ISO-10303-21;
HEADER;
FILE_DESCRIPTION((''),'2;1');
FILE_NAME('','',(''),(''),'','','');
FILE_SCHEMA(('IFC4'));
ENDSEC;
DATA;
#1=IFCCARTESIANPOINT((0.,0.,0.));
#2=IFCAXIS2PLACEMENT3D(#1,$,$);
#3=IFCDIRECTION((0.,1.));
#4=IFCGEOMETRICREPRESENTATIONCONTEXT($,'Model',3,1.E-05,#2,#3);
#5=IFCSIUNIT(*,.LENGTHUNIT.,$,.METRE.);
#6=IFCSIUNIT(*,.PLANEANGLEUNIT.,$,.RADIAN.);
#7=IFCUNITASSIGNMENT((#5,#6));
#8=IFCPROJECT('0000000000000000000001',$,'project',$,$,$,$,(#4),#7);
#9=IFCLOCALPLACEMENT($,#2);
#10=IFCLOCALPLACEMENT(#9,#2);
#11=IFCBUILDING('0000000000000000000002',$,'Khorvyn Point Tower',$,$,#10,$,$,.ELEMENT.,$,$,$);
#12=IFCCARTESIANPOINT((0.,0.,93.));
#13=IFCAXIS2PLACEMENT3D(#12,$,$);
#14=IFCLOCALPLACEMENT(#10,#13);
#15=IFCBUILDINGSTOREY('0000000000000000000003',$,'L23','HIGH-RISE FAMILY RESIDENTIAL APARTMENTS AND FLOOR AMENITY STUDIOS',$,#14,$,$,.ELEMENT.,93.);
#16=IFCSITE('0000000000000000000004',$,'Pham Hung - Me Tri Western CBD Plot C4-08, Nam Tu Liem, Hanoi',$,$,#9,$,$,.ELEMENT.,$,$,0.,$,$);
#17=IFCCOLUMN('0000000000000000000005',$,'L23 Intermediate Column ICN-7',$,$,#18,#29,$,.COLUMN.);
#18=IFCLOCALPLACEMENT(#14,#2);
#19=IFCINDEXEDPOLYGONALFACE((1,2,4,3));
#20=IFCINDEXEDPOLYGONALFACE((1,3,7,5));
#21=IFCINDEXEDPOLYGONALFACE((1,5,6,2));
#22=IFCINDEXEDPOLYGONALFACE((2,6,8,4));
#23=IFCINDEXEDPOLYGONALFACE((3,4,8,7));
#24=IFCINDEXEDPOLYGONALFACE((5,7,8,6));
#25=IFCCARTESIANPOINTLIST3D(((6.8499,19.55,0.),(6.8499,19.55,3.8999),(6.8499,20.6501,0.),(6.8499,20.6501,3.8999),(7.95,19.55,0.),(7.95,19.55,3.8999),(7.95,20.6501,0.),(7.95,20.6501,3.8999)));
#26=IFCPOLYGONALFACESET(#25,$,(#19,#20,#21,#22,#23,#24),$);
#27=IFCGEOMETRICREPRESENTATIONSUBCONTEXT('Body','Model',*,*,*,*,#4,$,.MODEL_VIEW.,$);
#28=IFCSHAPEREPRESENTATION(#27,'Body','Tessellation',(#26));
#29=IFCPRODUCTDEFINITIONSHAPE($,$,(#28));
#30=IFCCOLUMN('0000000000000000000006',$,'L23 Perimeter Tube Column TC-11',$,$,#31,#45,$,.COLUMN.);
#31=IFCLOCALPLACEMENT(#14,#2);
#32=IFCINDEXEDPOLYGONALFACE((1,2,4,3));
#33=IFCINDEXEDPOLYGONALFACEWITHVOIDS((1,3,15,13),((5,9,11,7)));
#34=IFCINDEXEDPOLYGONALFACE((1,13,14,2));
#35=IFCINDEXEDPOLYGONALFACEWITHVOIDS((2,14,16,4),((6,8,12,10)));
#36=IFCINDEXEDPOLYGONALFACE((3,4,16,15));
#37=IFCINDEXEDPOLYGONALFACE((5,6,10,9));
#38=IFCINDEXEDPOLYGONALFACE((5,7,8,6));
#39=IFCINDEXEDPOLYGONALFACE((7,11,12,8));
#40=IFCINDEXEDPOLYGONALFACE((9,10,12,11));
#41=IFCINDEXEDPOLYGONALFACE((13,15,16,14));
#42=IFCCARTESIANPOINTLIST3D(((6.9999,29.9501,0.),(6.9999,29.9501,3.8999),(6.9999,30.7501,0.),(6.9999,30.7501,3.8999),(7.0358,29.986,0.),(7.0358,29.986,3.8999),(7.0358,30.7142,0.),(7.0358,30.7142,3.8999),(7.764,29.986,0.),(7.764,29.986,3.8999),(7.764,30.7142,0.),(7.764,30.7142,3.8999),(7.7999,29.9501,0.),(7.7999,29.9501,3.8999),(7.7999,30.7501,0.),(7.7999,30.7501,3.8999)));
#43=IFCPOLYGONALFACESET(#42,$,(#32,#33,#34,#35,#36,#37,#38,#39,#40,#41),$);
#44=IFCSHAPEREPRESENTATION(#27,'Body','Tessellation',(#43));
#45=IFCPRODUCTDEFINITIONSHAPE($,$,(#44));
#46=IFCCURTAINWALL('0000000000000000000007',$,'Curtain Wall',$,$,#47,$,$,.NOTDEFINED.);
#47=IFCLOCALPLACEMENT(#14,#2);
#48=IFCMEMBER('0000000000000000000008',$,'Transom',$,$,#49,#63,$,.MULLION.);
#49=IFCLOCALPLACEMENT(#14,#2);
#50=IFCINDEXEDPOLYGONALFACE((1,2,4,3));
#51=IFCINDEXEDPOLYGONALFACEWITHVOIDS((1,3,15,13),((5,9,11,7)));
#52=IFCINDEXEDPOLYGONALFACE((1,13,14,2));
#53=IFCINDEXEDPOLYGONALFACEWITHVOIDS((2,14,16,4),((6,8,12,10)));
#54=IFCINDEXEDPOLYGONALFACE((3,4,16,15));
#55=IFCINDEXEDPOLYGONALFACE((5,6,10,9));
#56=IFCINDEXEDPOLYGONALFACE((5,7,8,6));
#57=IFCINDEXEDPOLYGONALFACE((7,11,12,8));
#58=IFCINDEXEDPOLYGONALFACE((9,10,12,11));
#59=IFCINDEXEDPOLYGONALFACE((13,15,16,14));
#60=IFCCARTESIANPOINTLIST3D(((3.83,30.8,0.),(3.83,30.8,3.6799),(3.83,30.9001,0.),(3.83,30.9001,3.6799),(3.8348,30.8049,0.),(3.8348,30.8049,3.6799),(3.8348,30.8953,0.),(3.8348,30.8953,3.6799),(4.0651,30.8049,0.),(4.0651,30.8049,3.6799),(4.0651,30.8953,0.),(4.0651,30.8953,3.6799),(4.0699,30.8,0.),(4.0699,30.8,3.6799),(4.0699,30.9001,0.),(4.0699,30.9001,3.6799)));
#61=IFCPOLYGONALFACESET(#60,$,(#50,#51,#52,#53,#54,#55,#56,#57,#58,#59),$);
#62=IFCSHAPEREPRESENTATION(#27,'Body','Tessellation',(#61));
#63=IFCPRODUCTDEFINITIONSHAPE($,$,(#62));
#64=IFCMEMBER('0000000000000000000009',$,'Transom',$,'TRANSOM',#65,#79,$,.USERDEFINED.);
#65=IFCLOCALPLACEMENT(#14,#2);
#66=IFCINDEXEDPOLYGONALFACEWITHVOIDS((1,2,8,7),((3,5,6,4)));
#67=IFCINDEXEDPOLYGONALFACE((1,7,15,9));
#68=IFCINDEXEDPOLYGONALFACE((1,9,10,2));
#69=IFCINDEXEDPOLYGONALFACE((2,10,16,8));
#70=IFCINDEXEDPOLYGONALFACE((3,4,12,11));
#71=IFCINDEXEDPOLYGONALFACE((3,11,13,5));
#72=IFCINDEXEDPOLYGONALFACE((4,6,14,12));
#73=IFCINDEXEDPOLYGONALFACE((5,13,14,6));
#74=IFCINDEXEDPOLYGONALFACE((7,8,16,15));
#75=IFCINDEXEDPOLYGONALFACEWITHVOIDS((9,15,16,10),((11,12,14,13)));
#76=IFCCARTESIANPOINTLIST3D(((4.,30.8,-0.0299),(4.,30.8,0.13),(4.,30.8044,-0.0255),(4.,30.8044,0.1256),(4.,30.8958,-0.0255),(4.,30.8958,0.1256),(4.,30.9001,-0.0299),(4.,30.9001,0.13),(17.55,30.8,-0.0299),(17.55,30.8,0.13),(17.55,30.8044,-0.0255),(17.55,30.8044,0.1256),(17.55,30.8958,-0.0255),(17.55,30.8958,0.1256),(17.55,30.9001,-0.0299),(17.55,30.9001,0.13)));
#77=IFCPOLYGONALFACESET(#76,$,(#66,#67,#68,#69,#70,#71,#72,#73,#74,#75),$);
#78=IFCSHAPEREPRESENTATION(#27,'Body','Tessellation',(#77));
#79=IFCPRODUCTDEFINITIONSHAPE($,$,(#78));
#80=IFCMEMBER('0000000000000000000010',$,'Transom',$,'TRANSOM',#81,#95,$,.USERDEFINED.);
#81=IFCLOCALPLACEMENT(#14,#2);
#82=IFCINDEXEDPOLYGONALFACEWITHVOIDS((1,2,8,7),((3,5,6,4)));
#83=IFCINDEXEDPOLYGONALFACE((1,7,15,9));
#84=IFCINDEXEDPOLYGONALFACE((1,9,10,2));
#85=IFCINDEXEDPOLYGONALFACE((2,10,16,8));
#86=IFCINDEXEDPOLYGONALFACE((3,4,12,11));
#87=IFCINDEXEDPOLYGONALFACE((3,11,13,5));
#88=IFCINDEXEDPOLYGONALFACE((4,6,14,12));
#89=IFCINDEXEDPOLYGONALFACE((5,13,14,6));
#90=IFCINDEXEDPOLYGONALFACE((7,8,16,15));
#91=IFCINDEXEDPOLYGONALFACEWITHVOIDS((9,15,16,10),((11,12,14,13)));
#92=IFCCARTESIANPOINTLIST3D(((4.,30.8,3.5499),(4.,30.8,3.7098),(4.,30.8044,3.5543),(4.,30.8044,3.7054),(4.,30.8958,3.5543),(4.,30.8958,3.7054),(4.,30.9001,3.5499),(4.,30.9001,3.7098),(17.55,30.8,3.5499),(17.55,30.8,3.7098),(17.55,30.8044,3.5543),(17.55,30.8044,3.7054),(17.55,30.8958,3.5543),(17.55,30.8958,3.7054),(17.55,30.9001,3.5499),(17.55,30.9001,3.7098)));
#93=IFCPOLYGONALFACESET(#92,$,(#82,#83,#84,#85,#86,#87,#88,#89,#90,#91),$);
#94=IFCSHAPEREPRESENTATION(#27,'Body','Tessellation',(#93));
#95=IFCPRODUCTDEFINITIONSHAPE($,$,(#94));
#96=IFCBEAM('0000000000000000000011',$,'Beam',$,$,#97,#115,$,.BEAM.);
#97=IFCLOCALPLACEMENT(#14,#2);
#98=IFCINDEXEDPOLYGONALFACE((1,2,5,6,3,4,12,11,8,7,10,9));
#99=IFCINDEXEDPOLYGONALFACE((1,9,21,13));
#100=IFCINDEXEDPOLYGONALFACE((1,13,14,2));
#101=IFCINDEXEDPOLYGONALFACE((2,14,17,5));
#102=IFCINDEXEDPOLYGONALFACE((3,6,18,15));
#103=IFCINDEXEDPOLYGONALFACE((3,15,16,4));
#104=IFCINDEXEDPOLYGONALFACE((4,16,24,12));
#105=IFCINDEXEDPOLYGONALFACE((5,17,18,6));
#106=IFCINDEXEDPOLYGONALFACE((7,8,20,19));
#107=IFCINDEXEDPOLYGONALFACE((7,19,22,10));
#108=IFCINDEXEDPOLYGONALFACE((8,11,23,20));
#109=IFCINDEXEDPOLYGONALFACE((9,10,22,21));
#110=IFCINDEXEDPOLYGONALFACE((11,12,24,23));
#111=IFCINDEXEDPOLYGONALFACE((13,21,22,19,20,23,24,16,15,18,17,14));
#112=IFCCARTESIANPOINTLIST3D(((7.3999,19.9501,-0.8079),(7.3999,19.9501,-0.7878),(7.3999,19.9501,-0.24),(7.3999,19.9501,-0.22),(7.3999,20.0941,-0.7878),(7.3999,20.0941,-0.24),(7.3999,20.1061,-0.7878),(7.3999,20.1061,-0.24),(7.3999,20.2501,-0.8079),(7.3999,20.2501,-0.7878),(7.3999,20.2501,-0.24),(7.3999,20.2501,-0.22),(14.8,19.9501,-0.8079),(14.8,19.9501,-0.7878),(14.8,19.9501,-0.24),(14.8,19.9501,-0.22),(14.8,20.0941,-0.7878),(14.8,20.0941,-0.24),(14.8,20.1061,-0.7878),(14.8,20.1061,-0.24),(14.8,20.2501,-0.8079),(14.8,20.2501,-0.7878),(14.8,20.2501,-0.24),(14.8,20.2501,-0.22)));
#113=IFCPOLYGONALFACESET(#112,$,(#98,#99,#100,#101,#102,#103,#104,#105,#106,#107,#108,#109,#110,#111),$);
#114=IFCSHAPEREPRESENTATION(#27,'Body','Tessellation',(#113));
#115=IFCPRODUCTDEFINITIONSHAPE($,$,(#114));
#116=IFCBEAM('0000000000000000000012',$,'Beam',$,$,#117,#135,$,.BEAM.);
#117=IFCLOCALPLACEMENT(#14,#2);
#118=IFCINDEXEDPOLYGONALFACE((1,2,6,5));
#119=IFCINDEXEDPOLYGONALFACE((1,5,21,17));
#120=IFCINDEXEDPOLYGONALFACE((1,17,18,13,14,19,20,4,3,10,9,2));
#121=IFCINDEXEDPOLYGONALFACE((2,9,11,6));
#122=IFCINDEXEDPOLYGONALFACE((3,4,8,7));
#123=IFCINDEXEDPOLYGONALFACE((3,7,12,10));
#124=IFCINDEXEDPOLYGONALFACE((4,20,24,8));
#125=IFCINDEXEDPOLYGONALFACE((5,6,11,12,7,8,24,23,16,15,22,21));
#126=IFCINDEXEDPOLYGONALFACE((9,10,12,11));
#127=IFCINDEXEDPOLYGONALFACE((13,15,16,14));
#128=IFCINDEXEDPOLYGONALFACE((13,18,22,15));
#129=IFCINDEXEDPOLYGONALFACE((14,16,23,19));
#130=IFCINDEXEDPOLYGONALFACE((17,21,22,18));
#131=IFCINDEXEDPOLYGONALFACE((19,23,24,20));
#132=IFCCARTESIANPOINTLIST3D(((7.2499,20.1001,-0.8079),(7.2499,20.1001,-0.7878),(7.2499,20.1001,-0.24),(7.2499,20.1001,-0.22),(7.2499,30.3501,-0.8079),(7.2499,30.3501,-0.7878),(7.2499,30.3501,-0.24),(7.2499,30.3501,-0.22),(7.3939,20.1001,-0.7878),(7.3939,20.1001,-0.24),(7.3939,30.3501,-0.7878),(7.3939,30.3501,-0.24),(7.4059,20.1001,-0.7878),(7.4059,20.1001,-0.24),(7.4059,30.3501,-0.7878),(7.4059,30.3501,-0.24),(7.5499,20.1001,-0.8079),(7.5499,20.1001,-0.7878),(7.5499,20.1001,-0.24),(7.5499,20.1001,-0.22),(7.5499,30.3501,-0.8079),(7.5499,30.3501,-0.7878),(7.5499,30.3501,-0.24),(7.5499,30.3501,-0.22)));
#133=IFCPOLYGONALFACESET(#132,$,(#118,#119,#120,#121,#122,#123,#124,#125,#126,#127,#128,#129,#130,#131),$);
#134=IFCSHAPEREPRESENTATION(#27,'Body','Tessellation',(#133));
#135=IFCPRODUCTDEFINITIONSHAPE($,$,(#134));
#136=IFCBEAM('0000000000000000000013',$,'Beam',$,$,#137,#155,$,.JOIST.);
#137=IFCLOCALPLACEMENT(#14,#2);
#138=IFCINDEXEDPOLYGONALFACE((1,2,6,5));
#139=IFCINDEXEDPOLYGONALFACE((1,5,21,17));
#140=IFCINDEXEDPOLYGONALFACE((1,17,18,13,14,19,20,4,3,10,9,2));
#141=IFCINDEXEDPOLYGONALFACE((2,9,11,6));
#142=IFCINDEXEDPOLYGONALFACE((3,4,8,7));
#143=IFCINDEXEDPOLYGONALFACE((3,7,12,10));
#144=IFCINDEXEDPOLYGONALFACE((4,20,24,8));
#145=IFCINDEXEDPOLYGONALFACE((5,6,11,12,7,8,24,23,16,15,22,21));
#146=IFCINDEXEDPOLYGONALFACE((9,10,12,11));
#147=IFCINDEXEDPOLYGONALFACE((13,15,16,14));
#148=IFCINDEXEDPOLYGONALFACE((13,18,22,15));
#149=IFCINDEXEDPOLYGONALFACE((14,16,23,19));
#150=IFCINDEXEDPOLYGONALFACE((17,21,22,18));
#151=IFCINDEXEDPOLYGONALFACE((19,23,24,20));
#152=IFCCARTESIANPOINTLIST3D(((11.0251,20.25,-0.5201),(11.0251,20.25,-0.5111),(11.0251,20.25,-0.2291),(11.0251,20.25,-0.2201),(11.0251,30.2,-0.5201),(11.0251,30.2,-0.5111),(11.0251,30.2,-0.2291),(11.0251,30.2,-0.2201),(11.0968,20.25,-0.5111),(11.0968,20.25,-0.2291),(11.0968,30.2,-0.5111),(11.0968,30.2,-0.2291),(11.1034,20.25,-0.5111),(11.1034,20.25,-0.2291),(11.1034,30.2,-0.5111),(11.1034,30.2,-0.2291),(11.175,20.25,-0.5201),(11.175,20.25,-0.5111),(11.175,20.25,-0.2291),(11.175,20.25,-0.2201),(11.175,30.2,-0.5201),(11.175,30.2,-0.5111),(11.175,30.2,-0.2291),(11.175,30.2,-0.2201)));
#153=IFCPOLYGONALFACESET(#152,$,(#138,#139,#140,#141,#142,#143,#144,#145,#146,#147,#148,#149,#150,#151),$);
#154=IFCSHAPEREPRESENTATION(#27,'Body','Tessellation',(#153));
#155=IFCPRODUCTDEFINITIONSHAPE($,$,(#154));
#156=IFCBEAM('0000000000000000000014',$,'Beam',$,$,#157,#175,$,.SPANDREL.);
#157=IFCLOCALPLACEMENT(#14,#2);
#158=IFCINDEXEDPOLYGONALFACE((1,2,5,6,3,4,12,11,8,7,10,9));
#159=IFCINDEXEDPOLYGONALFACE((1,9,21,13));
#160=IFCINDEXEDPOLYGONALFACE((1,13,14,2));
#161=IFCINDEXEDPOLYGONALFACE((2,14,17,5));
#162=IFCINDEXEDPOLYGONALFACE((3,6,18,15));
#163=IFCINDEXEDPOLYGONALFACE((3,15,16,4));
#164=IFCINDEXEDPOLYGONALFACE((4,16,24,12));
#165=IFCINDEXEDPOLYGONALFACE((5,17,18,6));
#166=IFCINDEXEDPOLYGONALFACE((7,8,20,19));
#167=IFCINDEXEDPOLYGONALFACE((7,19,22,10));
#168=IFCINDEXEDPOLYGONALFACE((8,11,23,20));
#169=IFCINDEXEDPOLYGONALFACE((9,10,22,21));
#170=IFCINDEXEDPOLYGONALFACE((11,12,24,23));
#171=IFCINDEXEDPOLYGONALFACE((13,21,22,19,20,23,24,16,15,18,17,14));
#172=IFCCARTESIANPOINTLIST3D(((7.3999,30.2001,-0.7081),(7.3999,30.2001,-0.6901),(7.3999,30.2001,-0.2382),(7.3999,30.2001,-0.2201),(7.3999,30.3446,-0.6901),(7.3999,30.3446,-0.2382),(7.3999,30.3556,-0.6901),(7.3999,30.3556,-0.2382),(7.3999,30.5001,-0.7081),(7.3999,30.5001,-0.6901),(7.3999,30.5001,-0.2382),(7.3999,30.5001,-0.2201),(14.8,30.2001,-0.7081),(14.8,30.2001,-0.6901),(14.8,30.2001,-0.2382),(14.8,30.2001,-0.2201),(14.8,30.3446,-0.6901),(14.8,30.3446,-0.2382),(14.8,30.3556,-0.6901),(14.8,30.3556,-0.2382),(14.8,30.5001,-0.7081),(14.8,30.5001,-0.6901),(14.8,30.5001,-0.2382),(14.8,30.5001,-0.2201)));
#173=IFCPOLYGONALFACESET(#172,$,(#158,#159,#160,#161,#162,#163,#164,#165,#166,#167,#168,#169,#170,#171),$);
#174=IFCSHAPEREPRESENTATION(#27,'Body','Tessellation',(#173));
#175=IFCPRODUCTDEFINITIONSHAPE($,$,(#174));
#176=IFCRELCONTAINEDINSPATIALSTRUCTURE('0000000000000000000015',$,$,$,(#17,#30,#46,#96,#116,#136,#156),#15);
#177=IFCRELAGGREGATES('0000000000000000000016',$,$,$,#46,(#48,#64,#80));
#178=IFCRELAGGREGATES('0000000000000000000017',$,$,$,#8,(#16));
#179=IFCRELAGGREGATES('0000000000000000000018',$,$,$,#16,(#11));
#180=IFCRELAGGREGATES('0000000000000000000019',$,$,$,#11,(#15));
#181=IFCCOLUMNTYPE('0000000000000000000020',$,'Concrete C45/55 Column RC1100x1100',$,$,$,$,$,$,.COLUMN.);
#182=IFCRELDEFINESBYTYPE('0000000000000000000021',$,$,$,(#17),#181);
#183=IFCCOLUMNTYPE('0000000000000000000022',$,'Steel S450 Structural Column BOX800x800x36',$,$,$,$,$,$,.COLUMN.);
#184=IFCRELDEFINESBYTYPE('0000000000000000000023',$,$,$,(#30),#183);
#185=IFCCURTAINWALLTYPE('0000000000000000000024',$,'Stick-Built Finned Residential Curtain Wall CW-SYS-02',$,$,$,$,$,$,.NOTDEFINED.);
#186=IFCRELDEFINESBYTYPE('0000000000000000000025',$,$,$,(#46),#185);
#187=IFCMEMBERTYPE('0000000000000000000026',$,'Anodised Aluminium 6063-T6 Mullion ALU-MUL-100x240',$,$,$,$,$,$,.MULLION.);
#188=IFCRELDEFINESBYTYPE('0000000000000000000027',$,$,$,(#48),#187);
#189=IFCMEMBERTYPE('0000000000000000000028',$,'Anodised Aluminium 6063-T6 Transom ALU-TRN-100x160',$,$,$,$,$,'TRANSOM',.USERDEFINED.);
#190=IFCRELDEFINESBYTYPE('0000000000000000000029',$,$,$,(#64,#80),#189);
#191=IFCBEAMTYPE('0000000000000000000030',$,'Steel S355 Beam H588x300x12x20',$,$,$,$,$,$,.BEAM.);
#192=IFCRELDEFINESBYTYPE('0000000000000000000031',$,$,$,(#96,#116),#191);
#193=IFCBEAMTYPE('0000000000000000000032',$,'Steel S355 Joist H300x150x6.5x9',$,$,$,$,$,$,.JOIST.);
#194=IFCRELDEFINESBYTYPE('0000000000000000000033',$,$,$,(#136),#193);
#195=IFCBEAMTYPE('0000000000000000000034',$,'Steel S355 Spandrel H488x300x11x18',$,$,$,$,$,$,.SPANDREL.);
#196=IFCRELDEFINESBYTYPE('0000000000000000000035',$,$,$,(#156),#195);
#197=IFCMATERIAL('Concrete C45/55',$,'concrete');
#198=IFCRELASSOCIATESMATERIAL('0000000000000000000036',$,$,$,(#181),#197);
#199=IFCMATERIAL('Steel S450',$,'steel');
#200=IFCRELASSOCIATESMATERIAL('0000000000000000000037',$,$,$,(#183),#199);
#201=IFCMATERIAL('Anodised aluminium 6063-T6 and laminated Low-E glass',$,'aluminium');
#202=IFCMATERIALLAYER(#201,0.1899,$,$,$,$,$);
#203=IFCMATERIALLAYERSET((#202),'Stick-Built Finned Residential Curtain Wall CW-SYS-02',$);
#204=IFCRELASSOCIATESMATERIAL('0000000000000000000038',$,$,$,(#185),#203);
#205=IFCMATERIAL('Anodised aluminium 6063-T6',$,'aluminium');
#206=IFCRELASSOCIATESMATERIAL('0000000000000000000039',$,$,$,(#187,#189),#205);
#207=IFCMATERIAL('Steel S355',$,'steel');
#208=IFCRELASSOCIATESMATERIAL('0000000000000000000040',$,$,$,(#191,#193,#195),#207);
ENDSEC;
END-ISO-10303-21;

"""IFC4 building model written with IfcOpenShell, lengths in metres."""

from ifc_helpers import new_model, si_unit, direction, frame, origin, origin_2d, place, context, subcontext, project, spatial, rectangle, hollow_rectangle, i_section, extrude, material, layer, layer_set, material_profile, profile_set, type_object, element, aggregate, save


model = new_model("IFC4")

# Units and contexts
model_context = context("Model", 3, precision=1e-05, world=origin(), true_north=direction((0.0, 1.0)))
body_context = subcontext(model_context, "Body", "Model", "MODEL_VIEW")
ifc_project = project(units=[si_unit("LENGTHUNIT", "METRE"), si_unit("PLANEANGLEUNIT", "RADIAN")], contexts=[model_context])

# Site, building, storey
site_placement = place(None, origin())
site = spatial("IfcSite", under=ifc_project, at=site_placement, Name="Pham Hung - Me Tri Western CBD Plot C4-08, Nam Tu Liem, Hanoi", CompositionType="ELEMENT", RefElevation=0.0)
building_placement = place(site_placement, origin())
building = spatial("IfcBuilding", under=site, at=building_placement, Name="Khorvyn Point Tower", CompositionType="ELEMENT")
storey_placement = place(building_placement, frame((0.0, 0.0, 93.0)))
storey = spatial("IfcBuildingStorey", under=building, at=storey_placement, Name="L23", Description="HIGH-RISE FAMILY RESIDENTIAL APARTMENTS AND FLOOR AMENITY STUDIOS", CompositionType="ELEMENT", Elevation=93.0)

# Columns
ifc_material_1 = material(Name="Concrete C45/55", Category="concrete")
ifc_material_profile_1 = material_profile(ifc_material_1, rectangle(XDim=1.1001, YDim=1.1001, at=origin_2d()))
ifc_profile_set_1 = profile_set([ifc_material_profile_1], Name="Concrete C45/55 RC1100x1100")
column_type_1 = type_object("IfcColumnType", Name="Concrete C45/55 Column RC1100x1100", PredefinedType="COLUMN", material=ifc_profile_set_1)
column_1_placement = place(storey_placement, frame((7.3999, 20.1001, 0.0), z_axis=(0.0, 0.0, 1.0), x_axis=(1.0, 0.0, 0.0)))
element("IfcColumn", 1, at=column_1_placement, inside=storey, type_object=column_type_1, Name="L23 Intermediate Column ICN-7", PredefinedType="COLUMN", context=body_context, shape_type="SweptSolid", body=[
    extrude(rectangle(XDim=1.1001, YDim=1.1001, at=origin_2d()), origin(), (0.0, 0.0, 1.0), 3.8999),
])
ifc_material_2 = material(Name="Steel S450", Category="steel")
ifc_material_profile_2 = material_profile(ifc_material_2, hollow_rectangle(XDim=0.8, YDim=0.8, WallThickness=0.0359, at=origin_2d()))
ifc_profile_set_2 = profile_set([ifc_material_profile_2], Name="Steel S450 BOX800x800x36")
column_type_2 = type_object("IfcColumnType", Name="Steel S450 Structural Column BOX800x800x36", PredefinedType="COLUMN", material=ifc_profile_set_2)
column_2_placement = place(storey_placement, frame((7.3999, 30.3501, 0.0), z_axis=(0.0, 0.0, 1.0), x_axis=(1.0, 0.0, 0.0)))
element("IfcColumn", 2, at=column_2_placement, inside=storey, type_object=column_type_2, Name="L23 Perimeter Tube Column TC-11", PredefinedType="COLUMN", context=body_context, shape_type="SweptSolid", body=[
    extrude(hollow_rectangle(XDim=0.8, YDim=0.8, WallThickness=0.0359, at=origin_2d()), origin(), (0.0, 0.0, 1.0), 3.8999),
])

# Curtain wall, members
ifc_material_3 = material(Name="Anodised aluminium 6063-T6 and laminated Low-E glass", Category="aluminium")
ifc_layer_1 = layer(ifc_material_3, 0.1899)
ifc_layer_set_1 = layer_set([ifc_layer_1], Name="Stick-Built Finned Residential Curtain Wall CW-SYS-02")
curtain_wall_type = type_object("IfcCurtainWallType", Name="Stick-Built Finned Residential Curtain Wall CW-SYS-02", PredefinedType="NOTDEFINED", material=ifc_layer_set_1)
curtain_wall_placement = place(storey_placement, origin())
curtain_wall = element("IfcCurtainWall", 3, at=curtain_wall_placement, inside=storey, type_object=curtain_wall_type, Name="Curtain Wall", PredefinedType="NOTDEFINED")
ifc_material_4 = material(Name="Anodised aluminium 6063-T6", Category="aluminium")
ifc_material_profile_3 = material_profile(ifc_material_4, hollow_rectangle(XDim=0.1001, YDim=0.24, WallThickness=0.0049, at=origin_2d()))
ifc_profile_set_3 = profile_set([ifc_material_profile_3], Name="Anodised aluminium 6063-T6 ALU-MUL-100x240")
member_type_1 = type_object("IfcMemberType", Name="Anodised Aluminium 6063-T6 Mullion ALU-MUL-100x240", PredefinedType="MULLION", material=ifc_profile_set_3)
member_1_placement = place(storey_placement, frame((3.95, 30.8501, 0.0), z_axis=(0.0, 0.0, 1.0), x_axis=(0.0, 1.0, 0.0)))
member_1 = element("IfcMember", 4, at=member_1_placement, type_object=member_type_1, Name="Transom", PredefinedType="MULLION", context=body_context, shape_type="SweptSolid", body=[
    extrude(hollow_rectangle(XDim=0.1001, YDim=0.24, WallThickness=0.0049, at=origin_2d()), origin(), (0.0, 0.0, 1.0), 3.6799),
])
ifc_material_profile_4 = material_profile(ifc_material_4, hollow_rectangle(XDim=0.1001, YDim=0.1599, WallThickness=0.0044, at=origin_2d()))
ifc_profile_set_4 = profile_set([ifc_material_profile_4], Name="Anodised aluminium 6063-T6 ALU-TRN-100x160")
member_type_2 = type_object("IfcMemberType", Name="Anodised Aluminium 6063-T6 Transom ALU-TRN-100x160", ElementType="TRANSOM", PredefinedType="USERDEFINED", material=ifc_profile_set_4)
member_2_placement = place(storey_placement, frame((4.0, 30.8501, 0.05), z_axis=(1.0, 0.0, 0.0), x_axis=(0.0, 1.0, 0.0)))
member_2 = element("IfcMember", 5, at=member_2_placement, type_object=member_type_2, Name="Transom", ObjectType="TRANSOM", PredefinedType="USERDEFINED", context=body_context, shape_type="SweptSolid", body=[
    extrude(hollow_rectangle(XDim=0.1001, YDim=0.1599, WallThickness=0.0044, at=origin_2d()), origin(), (0.0, 0.0, 1.0), 13.55),
])
member_3_placement = place(storey_placement, frame((4.0, 30.8501, 3.6299), z_axis=(1.0, 0.0, 0.0), x_axis=(0.0, 1.0, 0.0)))
member_3 = element("IfcMember", 6, at=member_3_placement, type_object=member_type_2, Name="Transom", ObjectType="TRANSOM", PredefinedType="USERDEFINED", context=body_context, shape_type="SweptSolid", body=[
    extrude(hollow_rectangle(XDim=0.1001, YDim=0.1599, WallThickness=0.0044, at=origin_2d()), origin(), (0.0, 0.0, 1.0), 13.55),
])

# Beams
ifc_material_5 = material(Name="Steel S355", Category="steel")
ifc_material_profile_5 = material_profile(ifc_material_5, i_section(OverallWidth=0.3, OverallDepth=0.5879, WebThickness=0.012, FlangeThickness=0.02, at=origin_2d()))
ifc_profile_set_5 = profile_set([ifc_material_profile_5], Name="Steel S355 H588x300x12x20")
beam_type_1 = type_object("IfcBeamType", Name="Steel S355 Beam H588x300x12x20", PredefinedType="BEAM", material=ifc_profile_set_5)
beam_1_placement = place(storey_placement, frame((7.3999, 20.1001, -0.5139), z_axis=(1.0, 0.0, 0.0), x_axis=(0.0, 1.0, 0.0)))
element("IfcBeam", 7, at=beam_1_placement, inside=storey, type_object=beam_type_1, Name="Beam", PredefinedType="BEAM", context=body_context, shape_type="SweptSolid", body=[
    extrude(i_section(OverallWidth=0.3, OverallDepth=0.5879, WebThickness=0.012, FlangeThickness=0.02, at=origin_2d()), origin(), (0.0, 0.0, 1.0), 7.4001),
])
beam_2_placement = place(storey_placement, frame((7.3999, 20.1001, -0.5139), z_axis=(0.0, 1.0, 0.0), x_axis=(-1.0, 0.0, 0.0)))
element("IfcBeam", 8, at=beam_2_placement, inside=storey, type_object=beam_type_1, Name="Beam", PredefinedType="BEAM", context=body_context, shape_type="SweptSolid", body=[
    extrude(i_section(OverallWidth=0.3, OverallDepth=0.5879, WebThickness=0.012, FlangeThickness=0.02, at=origin_2d()), origin(), (0.0, 0.0, 1.0), 10.25),
])
ifc_material_profile_6 = material_profile(ifc_material_5, i_section(OverallWidth=0.1499, OverallDepth=0.3, WebThickness=0.0066, FlangeThickness=0.009, at=origin_2d()))
ifc_profile_set_6 = profile_set([ifc_material_profile_6], Name="Steel S355 H300x150x6.5x9")
beam_type_2 = type_object("IfcBeamType", Name="Steel S355 Joist H300x150x6.5x9", PredefinedType="JOIST", material=ifc_profile_set_6)
beam_3_placement = place(storey_placement, frame((11.1001, 20.25, -0.3701), z_axis=(0.0, 1.0, 0.0), x_axis=(-1.0, 0.0, 0.0)))
element("IfcBeam", 9, at=beam_3_placement, inside=storey, type_object=beam_type_2, Name="Beam", PredefinedType="JOIST", context=body_context, shape_type="SweptSolid", body=[
    extrude(i_section(OverallWidth=0.1499, OverallDepth=0.3, WebThickness=0.0066, FlangeThickness=0.009, at=origin_2d()), origin(), (0.0, 0.0, 1.0), 9.95),
])
ifc_material_profile_7 = material_profile(ifc_material_5, i_section(OverallWidth=0.3, OverallDepth=0.488, WebThickness=0.011, FlangeThickness=0.0181, at=origin_2d()))
ifc_profile_set_7 = profile_set([ifc_material_profile_7], Name="Steel S355 H488x300x11x18")
beam_type_3 = type_object("IfcBeamType", Name="Steel S355 Spandrel H488x300x11x18", PredefinedType="SPANDREL", material=ifc_profile_set_7)
beam_4_placement = place(storey_placement, frame((7.3999, 30.3501, -0.4641), z_axis=(1.0, 0.0, 0.0), x_axis=(0.0, 1.0, 0.0)))
element("IfcBeam", 10, at=beam_4_placement, inside=storey, type_object=beam_type_3, Name="Beam", PredefinedType="SPANDREL", context=body_context, shape_type="SweptSolid", body=[
    extrude(i_section(OverallWidth=0.3, OverallDepth=0.488, WebThickness=0.011, FlangeThickness=0.0181, at=origin_2d()), origin(), (0.0, 0.0, 1.0), 7.4001),
])

aggregate(curtain_wall, [member_1, member_2, member_3])

save(model, "model.ifc")
